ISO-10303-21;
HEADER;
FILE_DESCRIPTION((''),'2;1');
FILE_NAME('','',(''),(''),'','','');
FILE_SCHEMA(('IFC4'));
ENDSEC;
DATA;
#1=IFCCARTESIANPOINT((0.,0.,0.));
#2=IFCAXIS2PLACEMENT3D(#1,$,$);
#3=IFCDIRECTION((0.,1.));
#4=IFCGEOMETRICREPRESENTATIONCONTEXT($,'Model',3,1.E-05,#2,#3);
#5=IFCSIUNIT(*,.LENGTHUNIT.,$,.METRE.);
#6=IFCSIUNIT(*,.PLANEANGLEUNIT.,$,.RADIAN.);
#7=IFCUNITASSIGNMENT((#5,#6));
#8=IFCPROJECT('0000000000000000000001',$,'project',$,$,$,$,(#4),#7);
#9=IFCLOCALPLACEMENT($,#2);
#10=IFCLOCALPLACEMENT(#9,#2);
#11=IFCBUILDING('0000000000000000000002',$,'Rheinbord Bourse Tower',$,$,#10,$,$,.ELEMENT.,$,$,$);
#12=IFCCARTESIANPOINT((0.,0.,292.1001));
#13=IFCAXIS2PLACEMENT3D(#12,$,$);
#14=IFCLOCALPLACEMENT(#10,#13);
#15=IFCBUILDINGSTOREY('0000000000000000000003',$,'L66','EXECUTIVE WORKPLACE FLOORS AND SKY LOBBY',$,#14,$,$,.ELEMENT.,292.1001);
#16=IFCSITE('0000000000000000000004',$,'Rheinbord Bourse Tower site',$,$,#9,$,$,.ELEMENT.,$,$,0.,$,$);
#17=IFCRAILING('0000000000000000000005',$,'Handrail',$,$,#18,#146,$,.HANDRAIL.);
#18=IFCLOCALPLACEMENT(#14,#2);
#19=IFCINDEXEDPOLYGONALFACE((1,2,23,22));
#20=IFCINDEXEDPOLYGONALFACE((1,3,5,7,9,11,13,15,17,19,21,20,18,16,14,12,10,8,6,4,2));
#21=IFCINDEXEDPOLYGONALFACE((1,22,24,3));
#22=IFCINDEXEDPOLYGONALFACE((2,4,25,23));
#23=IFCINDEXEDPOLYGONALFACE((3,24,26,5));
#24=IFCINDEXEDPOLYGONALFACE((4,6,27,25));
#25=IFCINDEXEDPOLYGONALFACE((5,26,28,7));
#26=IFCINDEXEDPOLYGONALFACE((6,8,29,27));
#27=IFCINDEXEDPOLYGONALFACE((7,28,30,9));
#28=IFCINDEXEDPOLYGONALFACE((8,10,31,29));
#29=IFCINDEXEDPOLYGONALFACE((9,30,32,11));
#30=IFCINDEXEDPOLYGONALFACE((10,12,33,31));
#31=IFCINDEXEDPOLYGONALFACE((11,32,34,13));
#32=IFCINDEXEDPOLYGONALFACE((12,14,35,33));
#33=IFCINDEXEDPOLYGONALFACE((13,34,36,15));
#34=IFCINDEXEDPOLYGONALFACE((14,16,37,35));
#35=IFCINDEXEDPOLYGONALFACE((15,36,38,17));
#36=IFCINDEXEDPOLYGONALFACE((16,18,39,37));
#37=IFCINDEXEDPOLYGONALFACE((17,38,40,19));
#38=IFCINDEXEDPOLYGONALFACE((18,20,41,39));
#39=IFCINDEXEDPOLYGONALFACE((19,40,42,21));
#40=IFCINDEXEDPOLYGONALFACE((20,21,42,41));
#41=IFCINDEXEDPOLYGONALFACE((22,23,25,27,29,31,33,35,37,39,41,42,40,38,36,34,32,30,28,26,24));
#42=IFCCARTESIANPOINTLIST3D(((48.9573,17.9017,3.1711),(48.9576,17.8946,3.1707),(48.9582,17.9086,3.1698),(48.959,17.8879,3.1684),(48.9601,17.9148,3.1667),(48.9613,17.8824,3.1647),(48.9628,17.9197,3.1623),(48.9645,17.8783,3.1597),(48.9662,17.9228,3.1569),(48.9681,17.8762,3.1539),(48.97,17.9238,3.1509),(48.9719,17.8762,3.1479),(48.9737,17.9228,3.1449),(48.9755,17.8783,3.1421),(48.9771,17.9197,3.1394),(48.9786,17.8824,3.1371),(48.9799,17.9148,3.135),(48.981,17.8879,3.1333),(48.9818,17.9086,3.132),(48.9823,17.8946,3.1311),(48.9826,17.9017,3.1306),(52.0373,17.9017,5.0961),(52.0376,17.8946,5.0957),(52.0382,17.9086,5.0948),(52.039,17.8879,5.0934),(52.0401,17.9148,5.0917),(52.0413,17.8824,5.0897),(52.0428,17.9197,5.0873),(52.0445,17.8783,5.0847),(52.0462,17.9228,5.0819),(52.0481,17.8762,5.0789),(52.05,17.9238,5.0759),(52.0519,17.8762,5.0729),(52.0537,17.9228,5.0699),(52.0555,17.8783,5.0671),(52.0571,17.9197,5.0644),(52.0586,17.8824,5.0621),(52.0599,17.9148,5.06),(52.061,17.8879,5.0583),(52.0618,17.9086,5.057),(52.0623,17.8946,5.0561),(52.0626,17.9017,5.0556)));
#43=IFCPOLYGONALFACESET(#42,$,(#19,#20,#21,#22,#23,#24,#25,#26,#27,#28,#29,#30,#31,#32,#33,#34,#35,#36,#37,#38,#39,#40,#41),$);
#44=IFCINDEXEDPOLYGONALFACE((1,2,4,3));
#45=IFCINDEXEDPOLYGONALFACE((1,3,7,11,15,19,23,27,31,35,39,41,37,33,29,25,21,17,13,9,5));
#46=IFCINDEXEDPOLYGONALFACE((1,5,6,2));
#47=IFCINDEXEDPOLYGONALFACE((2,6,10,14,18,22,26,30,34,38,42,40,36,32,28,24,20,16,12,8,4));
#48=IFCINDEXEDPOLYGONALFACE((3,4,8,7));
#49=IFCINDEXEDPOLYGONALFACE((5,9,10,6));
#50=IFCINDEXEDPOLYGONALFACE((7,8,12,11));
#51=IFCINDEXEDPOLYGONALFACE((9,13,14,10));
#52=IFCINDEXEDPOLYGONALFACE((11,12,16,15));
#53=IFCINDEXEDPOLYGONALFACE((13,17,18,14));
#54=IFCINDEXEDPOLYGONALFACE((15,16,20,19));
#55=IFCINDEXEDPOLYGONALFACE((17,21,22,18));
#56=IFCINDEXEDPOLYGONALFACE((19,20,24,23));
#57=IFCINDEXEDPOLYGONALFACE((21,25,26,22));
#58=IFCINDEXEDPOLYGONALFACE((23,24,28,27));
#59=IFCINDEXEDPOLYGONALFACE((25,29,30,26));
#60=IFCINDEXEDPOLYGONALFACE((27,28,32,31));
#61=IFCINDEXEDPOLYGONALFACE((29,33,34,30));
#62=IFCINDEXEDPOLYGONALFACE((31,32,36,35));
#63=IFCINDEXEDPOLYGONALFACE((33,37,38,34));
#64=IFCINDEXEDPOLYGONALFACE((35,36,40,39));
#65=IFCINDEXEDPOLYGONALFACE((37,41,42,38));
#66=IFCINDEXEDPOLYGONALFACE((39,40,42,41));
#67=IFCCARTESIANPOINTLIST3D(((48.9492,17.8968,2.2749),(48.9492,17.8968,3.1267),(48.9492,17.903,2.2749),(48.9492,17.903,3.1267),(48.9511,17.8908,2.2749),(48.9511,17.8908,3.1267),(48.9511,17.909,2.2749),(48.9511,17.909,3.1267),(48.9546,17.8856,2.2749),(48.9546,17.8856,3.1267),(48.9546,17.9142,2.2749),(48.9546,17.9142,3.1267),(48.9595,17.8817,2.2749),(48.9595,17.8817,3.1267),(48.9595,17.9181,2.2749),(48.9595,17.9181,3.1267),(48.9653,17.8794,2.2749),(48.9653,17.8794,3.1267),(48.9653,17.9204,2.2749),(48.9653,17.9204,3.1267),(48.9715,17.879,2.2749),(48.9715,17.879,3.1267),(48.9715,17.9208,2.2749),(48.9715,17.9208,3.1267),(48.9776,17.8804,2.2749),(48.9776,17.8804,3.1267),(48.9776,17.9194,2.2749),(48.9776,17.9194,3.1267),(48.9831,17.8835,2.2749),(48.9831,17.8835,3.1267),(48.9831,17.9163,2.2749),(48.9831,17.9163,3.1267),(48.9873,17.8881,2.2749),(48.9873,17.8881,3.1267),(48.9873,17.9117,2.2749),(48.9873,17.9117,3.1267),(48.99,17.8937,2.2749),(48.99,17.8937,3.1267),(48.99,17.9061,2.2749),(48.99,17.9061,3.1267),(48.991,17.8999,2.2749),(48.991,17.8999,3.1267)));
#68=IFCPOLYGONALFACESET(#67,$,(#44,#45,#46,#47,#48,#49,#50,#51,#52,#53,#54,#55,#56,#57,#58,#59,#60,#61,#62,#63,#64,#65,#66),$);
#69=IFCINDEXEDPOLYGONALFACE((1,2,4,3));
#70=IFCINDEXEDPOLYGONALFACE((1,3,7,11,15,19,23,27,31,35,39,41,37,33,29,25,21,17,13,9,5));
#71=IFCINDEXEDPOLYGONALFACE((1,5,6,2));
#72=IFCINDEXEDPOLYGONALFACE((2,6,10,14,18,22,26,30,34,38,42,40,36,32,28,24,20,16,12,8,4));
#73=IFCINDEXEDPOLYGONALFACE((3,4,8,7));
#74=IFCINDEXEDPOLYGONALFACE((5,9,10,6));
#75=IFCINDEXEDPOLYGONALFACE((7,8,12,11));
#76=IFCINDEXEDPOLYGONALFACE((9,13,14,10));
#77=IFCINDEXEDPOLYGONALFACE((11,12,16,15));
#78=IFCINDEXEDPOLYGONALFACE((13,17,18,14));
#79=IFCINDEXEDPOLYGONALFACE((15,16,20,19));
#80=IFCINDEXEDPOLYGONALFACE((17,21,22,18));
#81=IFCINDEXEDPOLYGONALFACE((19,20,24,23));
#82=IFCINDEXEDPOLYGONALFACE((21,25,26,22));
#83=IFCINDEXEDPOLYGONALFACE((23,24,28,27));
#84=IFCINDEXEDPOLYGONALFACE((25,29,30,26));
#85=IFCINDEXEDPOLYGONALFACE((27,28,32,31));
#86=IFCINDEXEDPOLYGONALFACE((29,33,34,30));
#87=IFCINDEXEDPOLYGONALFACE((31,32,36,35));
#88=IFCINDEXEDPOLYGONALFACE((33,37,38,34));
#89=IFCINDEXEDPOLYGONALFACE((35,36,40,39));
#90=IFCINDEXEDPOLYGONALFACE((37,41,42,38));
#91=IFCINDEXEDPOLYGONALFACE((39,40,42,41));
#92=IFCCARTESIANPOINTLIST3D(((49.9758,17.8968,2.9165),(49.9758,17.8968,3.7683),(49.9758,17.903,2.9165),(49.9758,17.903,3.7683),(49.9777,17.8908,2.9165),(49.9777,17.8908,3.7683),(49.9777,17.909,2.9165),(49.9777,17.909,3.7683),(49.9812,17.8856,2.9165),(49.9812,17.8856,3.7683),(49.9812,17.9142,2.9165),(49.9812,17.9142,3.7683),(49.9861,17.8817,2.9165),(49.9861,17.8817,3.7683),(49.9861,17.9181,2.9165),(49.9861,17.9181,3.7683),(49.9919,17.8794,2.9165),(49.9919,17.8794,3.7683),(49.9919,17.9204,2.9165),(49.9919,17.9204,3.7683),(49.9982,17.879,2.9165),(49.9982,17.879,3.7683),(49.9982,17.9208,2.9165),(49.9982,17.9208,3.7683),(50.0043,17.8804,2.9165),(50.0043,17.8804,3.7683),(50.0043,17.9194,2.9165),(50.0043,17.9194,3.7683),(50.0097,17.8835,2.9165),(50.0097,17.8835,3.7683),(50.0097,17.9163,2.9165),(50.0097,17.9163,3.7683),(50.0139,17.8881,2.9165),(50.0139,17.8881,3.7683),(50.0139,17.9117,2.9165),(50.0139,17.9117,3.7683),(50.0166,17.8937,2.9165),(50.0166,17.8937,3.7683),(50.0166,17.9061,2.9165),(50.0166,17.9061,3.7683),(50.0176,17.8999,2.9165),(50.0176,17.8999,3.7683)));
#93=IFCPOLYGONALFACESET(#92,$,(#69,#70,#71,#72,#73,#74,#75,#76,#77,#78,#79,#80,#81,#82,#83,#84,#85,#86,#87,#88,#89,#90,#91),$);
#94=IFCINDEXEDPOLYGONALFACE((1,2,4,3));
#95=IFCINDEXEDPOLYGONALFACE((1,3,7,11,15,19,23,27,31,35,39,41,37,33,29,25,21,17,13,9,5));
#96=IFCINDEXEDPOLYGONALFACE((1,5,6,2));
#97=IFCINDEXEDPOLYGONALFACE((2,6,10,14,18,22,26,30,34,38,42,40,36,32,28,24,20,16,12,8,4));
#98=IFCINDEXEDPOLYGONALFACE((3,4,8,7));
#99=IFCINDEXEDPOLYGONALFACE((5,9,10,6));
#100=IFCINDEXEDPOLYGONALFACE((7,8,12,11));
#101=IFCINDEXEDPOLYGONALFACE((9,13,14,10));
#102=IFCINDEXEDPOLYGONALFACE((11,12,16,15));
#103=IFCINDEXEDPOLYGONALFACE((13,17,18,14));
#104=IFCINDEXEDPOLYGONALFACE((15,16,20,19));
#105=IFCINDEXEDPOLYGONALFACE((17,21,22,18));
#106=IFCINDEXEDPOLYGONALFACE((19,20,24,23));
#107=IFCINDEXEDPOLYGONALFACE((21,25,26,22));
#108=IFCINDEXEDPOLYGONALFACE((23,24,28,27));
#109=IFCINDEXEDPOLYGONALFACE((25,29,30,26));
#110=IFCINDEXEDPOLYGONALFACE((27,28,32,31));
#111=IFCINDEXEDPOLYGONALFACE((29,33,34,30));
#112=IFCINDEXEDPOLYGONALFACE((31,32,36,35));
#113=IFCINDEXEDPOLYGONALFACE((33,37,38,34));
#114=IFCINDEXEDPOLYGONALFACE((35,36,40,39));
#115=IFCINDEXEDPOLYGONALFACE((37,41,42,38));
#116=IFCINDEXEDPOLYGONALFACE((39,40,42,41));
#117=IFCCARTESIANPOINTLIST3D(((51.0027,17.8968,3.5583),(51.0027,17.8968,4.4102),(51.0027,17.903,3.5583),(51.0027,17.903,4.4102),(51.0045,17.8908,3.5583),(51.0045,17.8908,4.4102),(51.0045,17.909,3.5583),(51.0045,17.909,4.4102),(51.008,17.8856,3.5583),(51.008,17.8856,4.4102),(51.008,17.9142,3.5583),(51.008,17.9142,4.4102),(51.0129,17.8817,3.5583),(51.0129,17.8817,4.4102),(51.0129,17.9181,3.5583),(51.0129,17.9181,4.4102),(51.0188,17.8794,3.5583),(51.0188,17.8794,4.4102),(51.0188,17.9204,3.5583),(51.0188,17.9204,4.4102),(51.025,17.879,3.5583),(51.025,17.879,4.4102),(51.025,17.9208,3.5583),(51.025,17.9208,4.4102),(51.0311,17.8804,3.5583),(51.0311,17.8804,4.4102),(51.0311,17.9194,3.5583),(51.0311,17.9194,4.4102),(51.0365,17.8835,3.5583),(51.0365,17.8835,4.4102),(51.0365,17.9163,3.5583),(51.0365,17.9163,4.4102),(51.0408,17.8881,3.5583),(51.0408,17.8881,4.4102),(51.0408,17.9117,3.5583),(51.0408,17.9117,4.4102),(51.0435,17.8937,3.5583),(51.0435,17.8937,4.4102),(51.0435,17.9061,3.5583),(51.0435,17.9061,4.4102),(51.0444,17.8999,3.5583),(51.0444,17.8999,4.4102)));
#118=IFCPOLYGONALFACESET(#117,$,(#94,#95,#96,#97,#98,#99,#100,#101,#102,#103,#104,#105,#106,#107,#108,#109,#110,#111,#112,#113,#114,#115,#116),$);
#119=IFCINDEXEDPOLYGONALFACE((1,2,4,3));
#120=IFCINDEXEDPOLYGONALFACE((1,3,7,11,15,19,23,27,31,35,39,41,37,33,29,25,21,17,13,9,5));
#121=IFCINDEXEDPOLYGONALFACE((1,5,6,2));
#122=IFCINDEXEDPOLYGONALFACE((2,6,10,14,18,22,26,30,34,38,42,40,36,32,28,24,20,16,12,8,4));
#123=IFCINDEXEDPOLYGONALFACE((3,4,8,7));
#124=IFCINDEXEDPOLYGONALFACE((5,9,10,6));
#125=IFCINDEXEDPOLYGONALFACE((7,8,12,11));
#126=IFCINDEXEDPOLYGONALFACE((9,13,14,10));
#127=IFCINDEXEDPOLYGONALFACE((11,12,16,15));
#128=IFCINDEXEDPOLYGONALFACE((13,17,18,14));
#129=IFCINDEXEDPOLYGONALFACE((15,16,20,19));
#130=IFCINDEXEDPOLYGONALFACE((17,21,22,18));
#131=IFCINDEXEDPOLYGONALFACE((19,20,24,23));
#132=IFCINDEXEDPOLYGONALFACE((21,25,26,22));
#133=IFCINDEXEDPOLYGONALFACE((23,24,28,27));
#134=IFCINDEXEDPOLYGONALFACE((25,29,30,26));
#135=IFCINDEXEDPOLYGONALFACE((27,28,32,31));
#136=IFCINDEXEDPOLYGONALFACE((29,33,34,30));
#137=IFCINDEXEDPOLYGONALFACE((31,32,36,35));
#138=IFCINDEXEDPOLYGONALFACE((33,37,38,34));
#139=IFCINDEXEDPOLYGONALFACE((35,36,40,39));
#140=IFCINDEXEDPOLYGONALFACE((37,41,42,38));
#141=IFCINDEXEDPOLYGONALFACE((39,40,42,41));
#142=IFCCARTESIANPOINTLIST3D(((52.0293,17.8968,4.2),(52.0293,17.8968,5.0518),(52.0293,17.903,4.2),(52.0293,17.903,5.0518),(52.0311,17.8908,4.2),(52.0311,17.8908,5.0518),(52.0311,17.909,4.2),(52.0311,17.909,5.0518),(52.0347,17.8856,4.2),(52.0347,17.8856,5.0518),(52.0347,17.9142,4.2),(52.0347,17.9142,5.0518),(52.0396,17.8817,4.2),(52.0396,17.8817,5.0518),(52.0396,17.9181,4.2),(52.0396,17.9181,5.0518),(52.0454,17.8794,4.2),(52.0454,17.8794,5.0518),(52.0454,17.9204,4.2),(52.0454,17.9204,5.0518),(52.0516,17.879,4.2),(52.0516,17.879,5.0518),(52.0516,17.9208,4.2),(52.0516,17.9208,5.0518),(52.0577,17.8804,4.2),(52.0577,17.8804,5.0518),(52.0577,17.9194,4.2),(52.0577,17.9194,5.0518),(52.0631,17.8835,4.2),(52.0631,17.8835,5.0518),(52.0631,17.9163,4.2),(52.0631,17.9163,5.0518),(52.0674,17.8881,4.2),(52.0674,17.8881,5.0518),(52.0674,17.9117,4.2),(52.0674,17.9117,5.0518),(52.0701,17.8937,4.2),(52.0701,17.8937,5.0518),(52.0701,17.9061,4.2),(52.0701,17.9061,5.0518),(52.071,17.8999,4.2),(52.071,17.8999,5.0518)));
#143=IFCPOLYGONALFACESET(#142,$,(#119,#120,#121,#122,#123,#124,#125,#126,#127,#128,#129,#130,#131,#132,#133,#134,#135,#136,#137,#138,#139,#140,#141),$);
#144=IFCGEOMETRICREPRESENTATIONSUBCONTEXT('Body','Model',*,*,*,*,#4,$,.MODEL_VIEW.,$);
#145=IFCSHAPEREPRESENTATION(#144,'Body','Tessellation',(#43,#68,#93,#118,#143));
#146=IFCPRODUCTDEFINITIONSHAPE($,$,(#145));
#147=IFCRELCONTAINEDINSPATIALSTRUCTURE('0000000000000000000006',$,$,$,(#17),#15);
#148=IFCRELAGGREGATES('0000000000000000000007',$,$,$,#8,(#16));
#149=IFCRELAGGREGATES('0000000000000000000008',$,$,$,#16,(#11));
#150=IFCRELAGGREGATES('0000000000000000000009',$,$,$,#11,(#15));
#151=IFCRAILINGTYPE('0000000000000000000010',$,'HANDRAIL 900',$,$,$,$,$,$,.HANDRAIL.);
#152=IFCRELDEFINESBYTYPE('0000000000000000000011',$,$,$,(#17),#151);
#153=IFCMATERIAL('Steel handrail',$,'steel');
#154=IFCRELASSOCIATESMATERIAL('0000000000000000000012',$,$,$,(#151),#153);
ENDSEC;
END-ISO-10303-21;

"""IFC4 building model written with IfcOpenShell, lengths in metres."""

from ifc_helpers import new_model, si_unit, direction, frame, origin, origin_2d, place, context, subcontext, project, spatial, circle, extrude, material, type_object, element, save


model = new_model("IFC4")

# Units and contexts
model_context = context("Model", 3, precision=1e-05, world=origin(), true_north=direction((0.0, 1.0)))
body_context = subcontext(model_context, "Body", "Model", "MODEL_VIEW")
ifc_project = project(units=[si_unit("LENGTHUNIT", "METRE"), si_unit("PLANEANGLEUNIT", "RADIAN")], contexts=[model_context])

# Site, building, storey
site_placement = place(None, origin())
site = spatial("IfcSite", under=ifc_project, at=site_placement, Name="Rheinbord Bourse Tower site", CompositionType="ELEMENT", RefElevation=0.0)
building_placement = place(site_placement, origin())
building = spatial("IfcBuilding", under=site, at=building_placement, Name="Rheinbord Bourse Tower", CompositionType="ELEMENT")
storey_placement = place(building_placement, frame((0.0, 0.0, 292.1001)))
storey = spatial("IfcBuildingStorey", under=building, at=storey_placement, Name="L66", Description="EXECUTIVE WORKPLACE FLOORS AND SKY LOBBY", CompositionType="ELEMENT", Elevation=292.1001)

# Railing
ifc_material_1 = material(Name="Steel handrail", Category="steel")
railing_type = type_object("IfcRailingType", Name="HANDRAIL 900", PredefinedType="HANDRAIL", material=ifc_material_1)
railing_1_placement = place(storey_placement, frame((48.97, 17.8999, 2.2749)))
element("IfcRailing", 1, at=railing_1_placement, inside=storey, type_object=railing_type, Name="Handrail", PredefinedType="HANDRAIL", context=body_context, shape_type="SweptSolid", body=[
    extrude(circle(Radius=0.0239, at=origin_2d()), frame((0.0, 0.0, 0.876), z_axis=(0.847998, 0.0, 0.529999), x_axis=(0.0, 1.0, 0.0)), (0.0, 0.0, 1.0), 3.6321),
    extrude(circle(Radius=0.021, at=origin_2d()), origin(), (0.0, 0.0, 1.0), 0.8518),
    extrude(circle(Radius=0.021, at=origin_2d()), frame((1.0266, 0.0, 0.6416)), (0.0, 0.0, 1.0), 0.8518),
    extrude(circle(Radius=0.021, at=origin_2d()), frame((2.0535, 0.0, 1.2834)), (0.0, 0.0, 1.0), 0.8518),
    extrude(circle(Radius=0.021, at=origin_2d()), frame((3.0801, 0.0, 1.925)), (0.0, 0.0, 1.0), 0.8518),
])

save(model, "model.ifc")
